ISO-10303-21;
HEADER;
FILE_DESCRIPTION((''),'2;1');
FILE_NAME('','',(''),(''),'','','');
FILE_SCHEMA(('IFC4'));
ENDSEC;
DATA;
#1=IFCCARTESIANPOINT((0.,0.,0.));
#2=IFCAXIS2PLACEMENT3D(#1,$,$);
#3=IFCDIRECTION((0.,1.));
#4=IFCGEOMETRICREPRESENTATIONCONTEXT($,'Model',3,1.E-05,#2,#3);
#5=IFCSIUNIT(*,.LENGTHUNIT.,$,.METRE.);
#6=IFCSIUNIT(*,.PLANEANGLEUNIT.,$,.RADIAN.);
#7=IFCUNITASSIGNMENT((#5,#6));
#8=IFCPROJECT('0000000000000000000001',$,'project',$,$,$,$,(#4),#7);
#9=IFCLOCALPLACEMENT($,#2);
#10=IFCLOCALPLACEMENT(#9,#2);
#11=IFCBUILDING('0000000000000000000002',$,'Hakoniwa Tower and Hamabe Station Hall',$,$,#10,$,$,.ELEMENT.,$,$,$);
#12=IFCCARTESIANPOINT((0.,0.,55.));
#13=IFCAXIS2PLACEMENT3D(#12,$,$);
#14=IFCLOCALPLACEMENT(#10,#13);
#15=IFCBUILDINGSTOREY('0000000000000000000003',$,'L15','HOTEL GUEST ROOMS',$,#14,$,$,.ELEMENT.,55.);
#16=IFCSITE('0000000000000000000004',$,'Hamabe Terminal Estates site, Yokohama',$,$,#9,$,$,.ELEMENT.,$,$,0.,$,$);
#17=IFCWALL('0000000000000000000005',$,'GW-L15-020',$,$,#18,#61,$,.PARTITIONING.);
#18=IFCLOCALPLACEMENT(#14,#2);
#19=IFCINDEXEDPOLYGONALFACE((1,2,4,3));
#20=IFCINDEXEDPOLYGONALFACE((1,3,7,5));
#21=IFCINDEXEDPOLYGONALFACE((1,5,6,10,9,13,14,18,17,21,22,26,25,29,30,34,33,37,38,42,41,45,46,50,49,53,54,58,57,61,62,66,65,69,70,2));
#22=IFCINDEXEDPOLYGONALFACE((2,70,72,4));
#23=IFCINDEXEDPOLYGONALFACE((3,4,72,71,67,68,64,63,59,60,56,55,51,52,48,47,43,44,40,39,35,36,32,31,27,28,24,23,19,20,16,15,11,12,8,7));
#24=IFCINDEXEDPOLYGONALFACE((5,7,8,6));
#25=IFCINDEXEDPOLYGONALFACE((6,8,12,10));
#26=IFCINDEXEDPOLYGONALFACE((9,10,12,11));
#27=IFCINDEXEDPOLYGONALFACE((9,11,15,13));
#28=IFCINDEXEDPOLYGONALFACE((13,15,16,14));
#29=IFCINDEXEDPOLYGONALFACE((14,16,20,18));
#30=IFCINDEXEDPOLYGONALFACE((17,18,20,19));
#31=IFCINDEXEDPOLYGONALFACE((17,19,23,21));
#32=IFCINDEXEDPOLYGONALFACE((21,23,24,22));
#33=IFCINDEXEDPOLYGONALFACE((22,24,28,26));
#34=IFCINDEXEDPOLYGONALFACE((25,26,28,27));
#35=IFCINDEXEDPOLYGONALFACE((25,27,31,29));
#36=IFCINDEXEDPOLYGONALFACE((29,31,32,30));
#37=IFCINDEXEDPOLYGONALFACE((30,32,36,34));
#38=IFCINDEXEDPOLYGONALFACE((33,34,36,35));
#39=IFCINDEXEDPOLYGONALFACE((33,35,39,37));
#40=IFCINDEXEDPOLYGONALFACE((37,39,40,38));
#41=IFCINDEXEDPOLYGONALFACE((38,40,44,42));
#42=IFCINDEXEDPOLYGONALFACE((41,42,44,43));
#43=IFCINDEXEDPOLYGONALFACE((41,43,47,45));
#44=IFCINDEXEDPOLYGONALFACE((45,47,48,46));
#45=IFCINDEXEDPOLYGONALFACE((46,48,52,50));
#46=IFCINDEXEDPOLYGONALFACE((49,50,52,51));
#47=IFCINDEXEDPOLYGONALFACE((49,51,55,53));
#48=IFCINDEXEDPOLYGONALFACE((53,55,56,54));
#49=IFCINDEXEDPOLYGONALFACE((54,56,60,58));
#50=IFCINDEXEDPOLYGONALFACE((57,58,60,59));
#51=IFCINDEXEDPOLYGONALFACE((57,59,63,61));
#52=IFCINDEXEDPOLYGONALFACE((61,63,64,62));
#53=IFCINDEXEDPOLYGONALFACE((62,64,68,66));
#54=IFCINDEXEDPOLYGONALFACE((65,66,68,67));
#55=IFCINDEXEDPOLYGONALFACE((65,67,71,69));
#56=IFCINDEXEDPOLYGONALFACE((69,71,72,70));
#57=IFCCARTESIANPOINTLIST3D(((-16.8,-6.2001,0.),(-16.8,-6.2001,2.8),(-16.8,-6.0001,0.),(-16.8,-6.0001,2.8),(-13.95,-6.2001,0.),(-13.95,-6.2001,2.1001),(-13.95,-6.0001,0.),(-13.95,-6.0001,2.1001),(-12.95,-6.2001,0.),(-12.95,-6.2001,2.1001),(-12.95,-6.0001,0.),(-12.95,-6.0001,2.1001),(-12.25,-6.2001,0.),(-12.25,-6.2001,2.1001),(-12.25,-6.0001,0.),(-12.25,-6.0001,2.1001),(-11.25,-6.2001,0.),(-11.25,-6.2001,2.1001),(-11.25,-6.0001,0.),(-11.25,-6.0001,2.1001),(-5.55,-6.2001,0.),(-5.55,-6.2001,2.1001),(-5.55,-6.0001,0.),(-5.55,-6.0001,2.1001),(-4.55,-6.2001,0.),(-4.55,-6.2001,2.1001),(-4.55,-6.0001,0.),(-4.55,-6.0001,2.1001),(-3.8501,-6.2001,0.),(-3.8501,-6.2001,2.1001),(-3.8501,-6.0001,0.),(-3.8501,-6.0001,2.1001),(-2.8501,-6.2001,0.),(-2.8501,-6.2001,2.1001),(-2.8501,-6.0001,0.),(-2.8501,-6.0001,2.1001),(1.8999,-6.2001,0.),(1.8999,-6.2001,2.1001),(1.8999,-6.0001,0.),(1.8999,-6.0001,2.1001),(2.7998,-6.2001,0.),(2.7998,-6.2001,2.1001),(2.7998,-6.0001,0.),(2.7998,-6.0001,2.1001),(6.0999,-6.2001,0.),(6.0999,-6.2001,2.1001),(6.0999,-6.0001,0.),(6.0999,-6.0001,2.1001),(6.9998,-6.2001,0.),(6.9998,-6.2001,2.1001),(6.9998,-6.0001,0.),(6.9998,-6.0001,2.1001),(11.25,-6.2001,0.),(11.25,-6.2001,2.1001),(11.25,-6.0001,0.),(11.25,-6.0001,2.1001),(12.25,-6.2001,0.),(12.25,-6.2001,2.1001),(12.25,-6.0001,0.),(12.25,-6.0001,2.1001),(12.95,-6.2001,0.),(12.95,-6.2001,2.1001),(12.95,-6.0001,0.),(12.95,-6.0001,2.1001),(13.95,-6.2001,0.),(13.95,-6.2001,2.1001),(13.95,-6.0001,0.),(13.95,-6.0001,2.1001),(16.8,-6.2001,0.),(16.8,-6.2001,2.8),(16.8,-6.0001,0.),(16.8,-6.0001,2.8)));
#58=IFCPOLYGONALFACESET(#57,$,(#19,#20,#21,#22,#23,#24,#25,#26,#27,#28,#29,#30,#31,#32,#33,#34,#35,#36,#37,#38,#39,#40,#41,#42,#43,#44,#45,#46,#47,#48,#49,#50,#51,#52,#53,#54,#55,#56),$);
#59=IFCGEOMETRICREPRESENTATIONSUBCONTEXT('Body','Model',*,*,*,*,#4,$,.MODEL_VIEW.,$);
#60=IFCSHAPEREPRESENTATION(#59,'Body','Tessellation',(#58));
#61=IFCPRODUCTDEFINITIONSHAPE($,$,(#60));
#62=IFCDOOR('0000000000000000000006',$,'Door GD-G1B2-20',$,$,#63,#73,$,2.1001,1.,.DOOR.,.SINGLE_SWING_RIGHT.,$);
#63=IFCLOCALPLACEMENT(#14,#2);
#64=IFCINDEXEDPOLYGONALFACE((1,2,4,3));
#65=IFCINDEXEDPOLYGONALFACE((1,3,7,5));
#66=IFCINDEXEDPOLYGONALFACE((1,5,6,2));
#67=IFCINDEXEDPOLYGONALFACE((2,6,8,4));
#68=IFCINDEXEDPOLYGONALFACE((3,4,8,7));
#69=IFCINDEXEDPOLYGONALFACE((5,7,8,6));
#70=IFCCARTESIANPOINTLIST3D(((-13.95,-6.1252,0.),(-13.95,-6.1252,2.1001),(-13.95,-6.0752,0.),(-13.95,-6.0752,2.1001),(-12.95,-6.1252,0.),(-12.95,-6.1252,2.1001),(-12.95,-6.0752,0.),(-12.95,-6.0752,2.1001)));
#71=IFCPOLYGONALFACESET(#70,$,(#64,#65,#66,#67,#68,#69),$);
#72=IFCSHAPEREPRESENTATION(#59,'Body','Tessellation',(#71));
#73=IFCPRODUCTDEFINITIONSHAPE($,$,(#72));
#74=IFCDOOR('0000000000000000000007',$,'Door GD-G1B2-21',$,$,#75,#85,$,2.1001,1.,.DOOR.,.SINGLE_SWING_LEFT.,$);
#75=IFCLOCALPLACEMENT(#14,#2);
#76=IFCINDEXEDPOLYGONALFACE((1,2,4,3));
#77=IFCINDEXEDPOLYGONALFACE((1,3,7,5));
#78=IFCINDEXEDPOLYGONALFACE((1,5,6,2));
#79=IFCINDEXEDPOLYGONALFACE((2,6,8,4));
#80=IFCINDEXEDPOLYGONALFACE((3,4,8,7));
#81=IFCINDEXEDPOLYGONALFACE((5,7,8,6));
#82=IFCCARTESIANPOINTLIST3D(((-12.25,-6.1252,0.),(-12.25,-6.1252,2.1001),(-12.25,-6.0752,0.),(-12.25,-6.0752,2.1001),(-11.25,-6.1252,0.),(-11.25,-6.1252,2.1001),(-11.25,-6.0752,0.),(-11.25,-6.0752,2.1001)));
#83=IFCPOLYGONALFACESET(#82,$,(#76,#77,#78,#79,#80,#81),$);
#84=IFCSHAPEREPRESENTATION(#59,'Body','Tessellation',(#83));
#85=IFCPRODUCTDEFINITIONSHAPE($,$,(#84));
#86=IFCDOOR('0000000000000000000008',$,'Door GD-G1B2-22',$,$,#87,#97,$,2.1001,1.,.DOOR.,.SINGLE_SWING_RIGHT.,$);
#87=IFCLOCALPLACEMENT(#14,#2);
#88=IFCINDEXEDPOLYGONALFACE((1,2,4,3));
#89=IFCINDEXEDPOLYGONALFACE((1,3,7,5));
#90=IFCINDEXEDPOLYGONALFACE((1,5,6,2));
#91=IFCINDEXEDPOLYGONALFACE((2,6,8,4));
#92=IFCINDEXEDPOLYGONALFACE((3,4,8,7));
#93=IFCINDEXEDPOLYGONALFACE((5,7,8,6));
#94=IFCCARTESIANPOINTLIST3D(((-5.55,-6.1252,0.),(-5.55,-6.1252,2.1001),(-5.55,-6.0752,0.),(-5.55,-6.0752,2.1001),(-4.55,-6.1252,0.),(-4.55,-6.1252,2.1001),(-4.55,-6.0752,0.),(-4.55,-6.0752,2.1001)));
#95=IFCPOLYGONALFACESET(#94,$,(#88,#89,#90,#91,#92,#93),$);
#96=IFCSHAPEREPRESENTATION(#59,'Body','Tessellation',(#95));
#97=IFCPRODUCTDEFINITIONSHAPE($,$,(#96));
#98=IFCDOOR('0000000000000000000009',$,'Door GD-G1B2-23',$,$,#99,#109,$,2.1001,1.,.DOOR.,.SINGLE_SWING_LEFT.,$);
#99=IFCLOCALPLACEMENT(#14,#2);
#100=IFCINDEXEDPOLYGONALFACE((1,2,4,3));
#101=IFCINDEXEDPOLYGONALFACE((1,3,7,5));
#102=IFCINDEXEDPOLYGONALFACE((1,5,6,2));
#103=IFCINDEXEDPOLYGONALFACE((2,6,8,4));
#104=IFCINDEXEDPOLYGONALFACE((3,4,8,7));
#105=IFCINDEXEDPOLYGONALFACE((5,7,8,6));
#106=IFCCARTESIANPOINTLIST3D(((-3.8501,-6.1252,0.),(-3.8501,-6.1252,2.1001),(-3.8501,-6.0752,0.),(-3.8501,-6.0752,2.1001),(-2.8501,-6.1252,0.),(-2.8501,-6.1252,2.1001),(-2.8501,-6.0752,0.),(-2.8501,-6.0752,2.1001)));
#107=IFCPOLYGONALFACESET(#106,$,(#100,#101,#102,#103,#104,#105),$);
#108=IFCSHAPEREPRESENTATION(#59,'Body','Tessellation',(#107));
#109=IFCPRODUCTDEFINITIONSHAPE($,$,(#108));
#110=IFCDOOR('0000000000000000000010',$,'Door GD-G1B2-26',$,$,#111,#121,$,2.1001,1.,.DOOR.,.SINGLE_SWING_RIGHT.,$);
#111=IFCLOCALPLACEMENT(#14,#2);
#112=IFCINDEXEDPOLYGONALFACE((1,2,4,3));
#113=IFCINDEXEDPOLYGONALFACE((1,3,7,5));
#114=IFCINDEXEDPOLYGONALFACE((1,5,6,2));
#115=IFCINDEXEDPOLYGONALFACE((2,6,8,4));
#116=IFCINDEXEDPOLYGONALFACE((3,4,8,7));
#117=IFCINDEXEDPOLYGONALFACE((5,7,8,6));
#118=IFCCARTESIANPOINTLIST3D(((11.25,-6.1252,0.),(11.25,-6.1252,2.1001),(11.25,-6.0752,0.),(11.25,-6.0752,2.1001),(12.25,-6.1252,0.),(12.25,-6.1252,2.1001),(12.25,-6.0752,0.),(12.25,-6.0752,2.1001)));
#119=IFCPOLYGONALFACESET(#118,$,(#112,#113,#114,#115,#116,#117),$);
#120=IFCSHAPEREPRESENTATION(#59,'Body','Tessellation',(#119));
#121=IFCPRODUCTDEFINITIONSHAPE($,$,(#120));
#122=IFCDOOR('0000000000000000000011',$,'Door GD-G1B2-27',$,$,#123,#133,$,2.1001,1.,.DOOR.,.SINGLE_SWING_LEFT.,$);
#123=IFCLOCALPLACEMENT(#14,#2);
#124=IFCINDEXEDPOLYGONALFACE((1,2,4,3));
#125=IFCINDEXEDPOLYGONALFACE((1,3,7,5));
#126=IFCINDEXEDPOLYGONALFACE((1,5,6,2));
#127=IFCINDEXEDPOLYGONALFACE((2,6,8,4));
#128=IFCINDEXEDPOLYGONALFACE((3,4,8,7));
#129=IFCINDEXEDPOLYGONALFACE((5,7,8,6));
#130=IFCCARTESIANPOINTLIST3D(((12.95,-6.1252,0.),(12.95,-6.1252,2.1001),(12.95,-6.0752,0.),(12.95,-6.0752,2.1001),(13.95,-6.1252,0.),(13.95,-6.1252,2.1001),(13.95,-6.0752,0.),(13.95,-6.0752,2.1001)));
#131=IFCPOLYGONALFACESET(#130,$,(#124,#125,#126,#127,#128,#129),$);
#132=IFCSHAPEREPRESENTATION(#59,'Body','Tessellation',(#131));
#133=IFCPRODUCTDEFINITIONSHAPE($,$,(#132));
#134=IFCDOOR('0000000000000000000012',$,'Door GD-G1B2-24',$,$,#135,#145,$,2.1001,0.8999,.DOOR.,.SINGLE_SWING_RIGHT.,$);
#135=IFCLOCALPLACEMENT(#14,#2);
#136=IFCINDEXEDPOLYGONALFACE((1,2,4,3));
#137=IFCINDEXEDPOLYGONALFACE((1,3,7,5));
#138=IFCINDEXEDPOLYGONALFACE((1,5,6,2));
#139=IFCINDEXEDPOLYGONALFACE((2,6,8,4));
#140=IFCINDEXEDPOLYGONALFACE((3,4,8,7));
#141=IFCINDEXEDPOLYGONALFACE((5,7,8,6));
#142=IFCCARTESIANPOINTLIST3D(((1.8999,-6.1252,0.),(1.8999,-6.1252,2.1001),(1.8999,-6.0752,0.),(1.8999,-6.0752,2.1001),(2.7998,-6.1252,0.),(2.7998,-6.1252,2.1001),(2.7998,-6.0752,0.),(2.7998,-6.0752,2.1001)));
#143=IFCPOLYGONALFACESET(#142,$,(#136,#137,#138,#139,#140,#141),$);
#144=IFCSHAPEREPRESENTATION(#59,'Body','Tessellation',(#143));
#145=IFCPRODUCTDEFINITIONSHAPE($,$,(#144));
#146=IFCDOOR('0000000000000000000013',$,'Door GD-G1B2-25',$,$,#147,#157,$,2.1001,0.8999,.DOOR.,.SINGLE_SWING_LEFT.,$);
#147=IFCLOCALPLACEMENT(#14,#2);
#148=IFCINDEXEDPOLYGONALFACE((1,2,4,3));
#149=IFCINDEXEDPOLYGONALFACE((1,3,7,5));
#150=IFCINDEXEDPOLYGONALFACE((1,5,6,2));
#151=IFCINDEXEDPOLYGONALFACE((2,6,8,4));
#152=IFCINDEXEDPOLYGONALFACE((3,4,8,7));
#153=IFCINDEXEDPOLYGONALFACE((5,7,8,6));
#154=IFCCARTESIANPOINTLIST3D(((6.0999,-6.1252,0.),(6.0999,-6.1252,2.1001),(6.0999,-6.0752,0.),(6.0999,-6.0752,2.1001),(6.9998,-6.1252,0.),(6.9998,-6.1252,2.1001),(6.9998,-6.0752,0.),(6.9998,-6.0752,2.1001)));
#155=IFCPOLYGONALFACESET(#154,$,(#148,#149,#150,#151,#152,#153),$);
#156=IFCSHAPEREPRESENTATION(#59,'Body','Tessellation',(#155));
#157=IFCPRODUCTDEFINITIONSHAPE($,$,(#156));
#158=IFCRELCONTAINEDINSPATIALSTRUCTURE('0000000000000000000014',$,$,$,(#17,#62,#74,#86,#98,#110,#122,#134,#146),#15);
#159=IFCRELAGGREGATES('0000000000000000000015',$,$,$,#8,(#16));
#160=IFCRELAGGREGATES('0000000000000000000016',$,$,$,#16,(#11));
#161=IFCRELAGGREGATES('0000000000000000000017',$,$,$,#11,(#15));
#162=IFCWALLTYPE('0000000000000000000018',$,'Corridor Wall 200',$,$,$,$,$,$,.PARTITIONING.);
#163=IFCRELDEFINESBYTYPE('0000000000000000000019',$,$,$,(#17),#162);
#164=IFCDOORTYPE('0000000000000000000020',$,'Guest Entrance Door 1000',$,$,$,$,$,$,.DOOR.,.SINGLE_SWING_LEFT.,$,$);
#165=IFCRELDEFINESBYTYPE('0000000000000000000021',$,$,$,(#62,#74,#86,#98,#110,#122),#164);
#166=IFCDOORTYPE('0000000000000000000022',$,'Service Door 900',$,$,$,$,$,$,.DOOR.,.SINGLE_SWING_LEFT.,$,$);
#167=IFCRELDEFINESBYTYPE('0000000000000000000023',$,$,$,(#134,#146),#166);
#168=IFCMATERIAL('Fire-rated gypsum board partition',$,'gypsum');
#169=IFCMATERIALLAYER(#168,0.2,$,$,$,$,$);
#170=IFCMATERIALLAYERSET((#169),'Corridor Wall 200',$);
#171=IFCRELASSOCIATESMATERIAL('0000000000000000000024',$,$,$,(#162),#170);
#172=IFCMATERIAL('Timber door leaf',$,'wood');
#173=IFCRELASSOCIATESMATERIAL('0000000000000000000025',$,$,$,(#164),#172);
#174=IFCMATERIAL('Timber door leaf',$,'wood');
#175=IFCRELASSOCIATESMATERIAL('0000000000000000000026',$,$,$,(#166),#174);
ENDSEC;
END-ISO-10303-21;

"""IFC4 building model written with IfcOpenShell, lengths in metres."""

from ifc_helpers import new_model, si_unit, direction, frame, frame_2d, origin, place, context, subcontext, project, spatial, rectangle, extrude, material, layer, layer_set, type_object, element, fill, save


model = new_model("IFC4")

# Units and contexts
model_context = context("Model", 3, precision=1e-05, world=origin(), true_north=direction((0.0, 1.0)))
body_context = subcontext(model_context, "Body", "Model", "MODEL_VIEW")
ifc_project = project(units=[si_unit("LENGTHUNIT", "METRE"), si_unit("PLANEANGLEUNIT", "RADIAN")], contexts=[model_context])

# Site, building, storey
site_placement = place(None, origin())
site = spatial("IfcSite", under=ifc_project, at=site_placement, Name="Hamabe Terminal Estates site, Yokohama", CompositionType="ELEMENT", RefElevation=0.0)
building_placement = place(site_placement, origin())
building = spatial("IfcBuilding", under=site, at=building_placement, Name="Hakoniwa Tower and Hamabe Station Hall", CompositionType="ELEMENT")
storey_placement = place(building_placement, frame((0.0, 0.0, 55.0)))
storey = spatial("IfcBuildingStorey", under=building, at=storey_placement, Name="L15", Description="HOTEL GUEST ROOMS", CompositionType="ELEMENT", Elevation=55.0)

# Wall, openings, doors
ifc_material_1 = material(Name="Fire-rated gypsum board partition", Category="gypsum")
ifc_layer_1 = layer(ifc_material_1, 0.2)
ifc_layer_set_1 = layer_set([ifc_layer_1], Name="Corridor Wall 200")
wall_type_1 = type_object("IfcWallType", Name="Corridor Wall 200", PredefinedType="PARTITIONING", material=ifc_layer_set_1)
wall_1_placement = place(storey_placement, frame((-16.8, -6.1001, 0.0), z_axis=(0.0, 0.0, 1.0), x_axis=(1.0, 0.0, 0.0)))
wall_1 = element("IfcWall", 1, at=wall_1_placement, inside=storey, type_object=wall_type_1, Name="GW-L15-020", PredefinedType="PARTITIONING", context=body_context, shape_type="SweptSolid", body=[
    extrude(rectangle(XDim=33.6001, YDim=0.2, at=frame_2d((16.8, 0.0))), origin(), (0.0, 0.0, 1.0), 2.8),
])
opening_1_placement = place(wall_1_placement, frame((2.8501, 0.0, 0.0)))
opening_1 = element("IfcOpeningElement", 2, at=opening_1_placement, cuts=wall_1, PredefinedType="OPENING", context=body_context, shape_type="SweptSolid", body=[
    extrude(rectangle(XDim=1.0, YDim=2.1001, at=frame_2d((0.5, 1.05))), frame((0.0, 0.1099, 0.0), z_axis=(0.0, -1.0, 0.0), x_axis=(1.0, 0.0, 0.0)), (0.0, 0.0, 1.0), 0.22),
])
opening_2_placement = place(wall_1_placement, frame((4.55, 0.0, 0.0)))
opening_2 = element("IfcOpeningElement", 3, at=opening_2_placement, cuts=wall_1, PredefinedType="OPENING", context=body_context, shape_type="SweptSolid", body=[
    extrude(rectangle(XDim=1.0, YDim=2.1001, at=frame_2d((0.5, 1.05))), frame((0.0, 0.1099, 0.0), z_axis=(0.0, -1.0, 0.0), x_axis=(1.0, 0.0, 0.0)), (0.0, 0.0, 1.0), 0.22),
])
opening_3_placement = place(wall_1_placement, frame((11.25, 0.0, 0.0)))
opening_3 = element("IfcOpeningElement", 4, at=opening_3_placement, cuts=wall_1, PredefinedType="OPENING", context=body_context, shape_type="SweptSolid", body=[
    extrude(rectangle(XDim=1.0, YDim=2.1001, at=frame_2d((0.5, 1.05))), frame((0.0, 0.1099, 0.0), z_axis=(0.0, -1.0, 0.0), x_axis=(1.0, 0.0, 0.0)), (0.0, 0.0, 1.0), 0.22),
])
opening_4_placement = place(wall_1_placement, frame((12.95, 0.0, 0.0)))
opening_4 = element("IfcOpeningElement", 5, at=opening_4_placement, cuts=wall_1, PredefinedType="OPENING", context=body_context, shape_type="SweptSolid", body=[
    extrude(rectangle(XDim=1.0, YDim=2.1001, at=frame_2d((0.5, 1.05))), frame((0.0, 0.1099, 0.0), z_axis=(0.0, -1.0, 0.0), x_axis=(1.0, 0.0, 0.0)), (0.0, 0.0, 1.0), 0.22),
])
opening_5_placement = place(wall_1_placement, frame((18.7, 0.0, 0.0)))
opening_5 = element("IfcOpeningElement", 6, at=opening_5_placement, cuts=wall_1, PredefinedType="OPENING", context=body_context, shape_type="SweptSolid", body=[
    extrude(rectangle(XDim=0.8999, YDim=2.1001, at=frame_2d((0.45, 1.05))), frame((0.0, 0.1099, 0.0), z_axis=(0.0, -1.0, 0.0), x_axis=(1.0, 0.0, 0.0)), (0.0, 0.0, 1.0), 0.22),
])
opening_6_placement = place(wall_1_placement, frame((22.8999, 0.0, 0.0)))
opening_6 = element("IfcOpeningElement", 7, at=opening_6_placement, cuts=wall_1, PredefinedType="OPENING", context=body_context, shape_type="SweptSolid", body=[
    extrude(rectangle(XDim=0.8999, YDim=2.1001, at=frame_2d((0.45, 1.05))), frame((0.0, 0.1099, 0.0), z_axis=(0.0, -1.0, 0.0), x_axis=(1.0, 0.0, 0.0)), (0.0, 0.0, 1.0), 0.22),
])
opening_7_placement = place(wall_1_placement, frame((28.05, 0.0, 0.0)))
opening_7 = element("IfcOpeningElement", 8, at=opening_7_placement, cuts=wall_1, PredefinedType="OPENING", context=body_context, shape_type="SweptSolid", body=[
    extrude(rectangle(XDim=1.0, YDim=2.1001, at=frame_2d((0.5, 1.05))), frame((0.0, 0.1099, 0.0), z_axis=(0.0, -1.0, 0.0), x_axis=(1.0, 0.0, 0.0)), (0.0, 0.0, 1.0), 0.22),
])
opening_8_placement = place(wall_1_placement, frame((29.75, 0.0, 0.0)))
opening_8 = element("IfcOpeningElement", 9, at=opening_8_placement, cuts=wall_1, PredefinedType="OPENING", context=body_context, shape_type="SweptSolid", body=[
    extrude(rectangle(XDim=1.0, YDim=2.1001, at=frame_2d((0.5, 1.05))), frame((0.0, 0.1099, 0.0), z_axis=(0.0, -1.0, 0.0), x_axis=(1.0, 0.0, 0.0)), (0.0, 0.0, 1.0), 0.22),
])
ifc_material_2 = material(Name="Timber door leaf", Category="wood")
door_type_1 = type_object("IfcDoorType", Name="Guest Entrance Door 1000", OperationType="SINGLE_SWING_LEFT", PredefinedType="DOOR", material=ifc_material_2)
door_1_placement = place(opening_1_placement, origin())
door_1 = element("IfcDoor", 10, at=door_1_placement, inside=storey, type_object=door_type_1, Name="Door GD-G1B2-20", OperationType="SINGLE_SWING_RIGHT", OverallHeight=2.1001, OverallWidth=1.0, PredefinedType="DOOR", context=body_context, shape_type="SweptSolid", body=[
    extrude(rectangle(XDim=1.0, YDim=2.1001, at=frame_2d((0.5, 1.05))), frame((0.0, 0.0249, 0.0), z_axis=(0.0, -1.0, 0.0), x_axis=(1.0, 0.0, 0.0)), (0.0, 0.0, 1.0), 0.05),
])
fill(opening_1, door_1)
door_2_placement = place(opening_2_placement, origin())
door_2 = element("IfcDoor", 11, at=door_2_placement, inside=storey, type_object=door_type_1, Name="Door GD-G1B2-21", OperationType="SINGLE_SWING_LEFT", OverallHeight=2.1001, OverallWidth=1.0, PredefinedType="DOOR", context=body_context, shape_type="SweptSolid", body=[
    extrude(rectangle(XDim=1.0, YDim=2.1001, at=frame_2d((0.5, 1.05))), frame((0.0, 0.0249, 0.0), z_axis=(0.0, -1.0, 0.0), x_axis=(1.0, 0.0, 0.0)), (0.0, 0.0, 1.0), 0.05),
])
fill(opening_2, door_2)
door_3_placement = place(opening_3_placement, origin())
door_3 = element("IfcDoor", 12, at=door_3_placement, inside=storey, type_object=door_type_1, Name="Door GD-G1B2-22", OperationType="SINGLE_SWING_RIGHT", OverallHeight=2.1001, OverallWidth=1.0, PredefinedType="DOOR", context=body_context, shape_type="SweptSolid", body=[
    extrude(rectangle(XDim=1.0, YDim=2.1001, at=frame_2d((0.5, 1.05))), frame((0.0, 0.0249, 0.0), z_axis=(0.0, -1.0, 0.0), x_axis=(1.0, 0.0, 0.0)), (0.0, 0.0, 1.0), 0.05),
])
fill(opening_3, door_3)
door_4_placement = place(opening_4_placement, origin())
door_4 = element("IfcDoor", 13, at=door_4_placement, inside=storey, type_object=door_type_1, Name="Door GD-G1B2-23", OperationType="SINGLE_SWING_LEFT", OverallHeight=2.1001, OverallWidth=1.0, PredefinedType="DOOR", context=body_context, shape_type="SweptSolid", body=[
    extrude(rectangle(XDim=1.0, YDim=2.1001, at=frame_2d((0.5, 1.05))), frame((0.0, 0.0249, 0.0), z_axis=(0.0, -1.0, 0.0), x_axis=(1.0, 0.0, 0.0)), (0.0, 0.0, 1.0), 0.05),
])
fill(opening_4, door_4)
door_5_placement = place(opening_7_placement, origin())
door_5 = element("IfcDoor", 14, at=door_5_placement, inside=storey, type_object=door_type_1, Name="Door GD-G1B2-26", OperationType="SINGLE_SWING_RIGHT", OverallHeight=2.1001, OverallWidth=1.0, PredefinedType="DOOR", context=body_context, shape_type="SweptSolid", body=[
    extrude(rectangle(XDim=1.0, YDim=2.1001, at=frame_2d((0.5, 1.05))), frame((0.0, 0.0249, 0.0), z_axis=(0.0, -1.0, 0.0), x_axis=(1.0, 0.0, 0.0)), (0.0, 0.0, 1.0), 0.05),
])
fill(opening_7, door_5)
door_6_placement = place(opening_8_placement, origin())
door_6 = element("IfcDoor", 15, at=door_6_placement, inside=storey, type_object=door_type_1, Name="Door GD-G1B2-27", OperationType="SINGLE_SWING_LEFT", OverallHeight=2.1001, OverallWidth=1.0, PredefinedType="DOOR", context=body_context, shape_type="SweptSolid", body=[
    extrude(rectangle(XDim=1.0, YDim=2.1001, at=frame_2d((0.5, 1.05))), frame((0.0, 0.0249, 0.0), z_axis=(0.0, -1.0, 0.0), x_axis=(1.0, 0.0, 0.0)), (0.0, 0.0, 1.0), 0.05),
])
fill(opening_8, door_6)
ifc_material_3 = material(Name="Timber door leaf", Category="wood")
door_type_2 = type_object("IfcDoorType", Name="Service Door 900", OperationType="SINGLE_SWING_LEFT", PredefinedType="DOOR", material=ifc_material_3)
door_7_placement = place(opening_5_placement, origin())
door_7 = element("IfcDoor", 16, at=door_7_placement, inside=storey, type_object=door_type_2, Name="Door GD-G1B2-24", OperationType="SINGLE_SWING_RIGHT", OverallHeight=2.1001, OverallWidth=0.8999, PredefinedType="DOOR", context=body_context, shape_type="SweptSolid", body=[
    extrude(rectangle(XDim=0.8999, YDim=2.1001, at=frame_2d((0.45, 1.05))), frame((0.0, 0.0249, 0.0), z_axis=(0.0, -1.0, 0.0), x_axis=(1.0, 0.0, 0.0)), (0.0, 0.0, 1.0), 0.05),
])
fill(opening_5, door_7)
door_8_placement = place(opening_6_placement, origin())
door_8 = element("IfcDoor", 17, at=door_8_placement, inside=storey, type_object=door_type_2, Name="Door GD-G1B2-25", OperationType="SINGLE_SWING_LEFT", OverallHeight=2.1001, OverallWidth=0.8999, PredefinedType="DOOR", context=body_context, shape_type="SweptSolid", body=[
    extrude(rectangle(XDim=0.8999, YDim=2.1001, at=frame_2d((0.45, 1.05))), frame((0.0, 0.0249, 0.0), z_axis=(0.0, -1.0, 0.0), x_axis=(1.0, 0.0, 0.0)), (0.0, 0.0, 1.0), 0.05),
])
fill(opening_6, door_8)

save(model, "model.ifc")
